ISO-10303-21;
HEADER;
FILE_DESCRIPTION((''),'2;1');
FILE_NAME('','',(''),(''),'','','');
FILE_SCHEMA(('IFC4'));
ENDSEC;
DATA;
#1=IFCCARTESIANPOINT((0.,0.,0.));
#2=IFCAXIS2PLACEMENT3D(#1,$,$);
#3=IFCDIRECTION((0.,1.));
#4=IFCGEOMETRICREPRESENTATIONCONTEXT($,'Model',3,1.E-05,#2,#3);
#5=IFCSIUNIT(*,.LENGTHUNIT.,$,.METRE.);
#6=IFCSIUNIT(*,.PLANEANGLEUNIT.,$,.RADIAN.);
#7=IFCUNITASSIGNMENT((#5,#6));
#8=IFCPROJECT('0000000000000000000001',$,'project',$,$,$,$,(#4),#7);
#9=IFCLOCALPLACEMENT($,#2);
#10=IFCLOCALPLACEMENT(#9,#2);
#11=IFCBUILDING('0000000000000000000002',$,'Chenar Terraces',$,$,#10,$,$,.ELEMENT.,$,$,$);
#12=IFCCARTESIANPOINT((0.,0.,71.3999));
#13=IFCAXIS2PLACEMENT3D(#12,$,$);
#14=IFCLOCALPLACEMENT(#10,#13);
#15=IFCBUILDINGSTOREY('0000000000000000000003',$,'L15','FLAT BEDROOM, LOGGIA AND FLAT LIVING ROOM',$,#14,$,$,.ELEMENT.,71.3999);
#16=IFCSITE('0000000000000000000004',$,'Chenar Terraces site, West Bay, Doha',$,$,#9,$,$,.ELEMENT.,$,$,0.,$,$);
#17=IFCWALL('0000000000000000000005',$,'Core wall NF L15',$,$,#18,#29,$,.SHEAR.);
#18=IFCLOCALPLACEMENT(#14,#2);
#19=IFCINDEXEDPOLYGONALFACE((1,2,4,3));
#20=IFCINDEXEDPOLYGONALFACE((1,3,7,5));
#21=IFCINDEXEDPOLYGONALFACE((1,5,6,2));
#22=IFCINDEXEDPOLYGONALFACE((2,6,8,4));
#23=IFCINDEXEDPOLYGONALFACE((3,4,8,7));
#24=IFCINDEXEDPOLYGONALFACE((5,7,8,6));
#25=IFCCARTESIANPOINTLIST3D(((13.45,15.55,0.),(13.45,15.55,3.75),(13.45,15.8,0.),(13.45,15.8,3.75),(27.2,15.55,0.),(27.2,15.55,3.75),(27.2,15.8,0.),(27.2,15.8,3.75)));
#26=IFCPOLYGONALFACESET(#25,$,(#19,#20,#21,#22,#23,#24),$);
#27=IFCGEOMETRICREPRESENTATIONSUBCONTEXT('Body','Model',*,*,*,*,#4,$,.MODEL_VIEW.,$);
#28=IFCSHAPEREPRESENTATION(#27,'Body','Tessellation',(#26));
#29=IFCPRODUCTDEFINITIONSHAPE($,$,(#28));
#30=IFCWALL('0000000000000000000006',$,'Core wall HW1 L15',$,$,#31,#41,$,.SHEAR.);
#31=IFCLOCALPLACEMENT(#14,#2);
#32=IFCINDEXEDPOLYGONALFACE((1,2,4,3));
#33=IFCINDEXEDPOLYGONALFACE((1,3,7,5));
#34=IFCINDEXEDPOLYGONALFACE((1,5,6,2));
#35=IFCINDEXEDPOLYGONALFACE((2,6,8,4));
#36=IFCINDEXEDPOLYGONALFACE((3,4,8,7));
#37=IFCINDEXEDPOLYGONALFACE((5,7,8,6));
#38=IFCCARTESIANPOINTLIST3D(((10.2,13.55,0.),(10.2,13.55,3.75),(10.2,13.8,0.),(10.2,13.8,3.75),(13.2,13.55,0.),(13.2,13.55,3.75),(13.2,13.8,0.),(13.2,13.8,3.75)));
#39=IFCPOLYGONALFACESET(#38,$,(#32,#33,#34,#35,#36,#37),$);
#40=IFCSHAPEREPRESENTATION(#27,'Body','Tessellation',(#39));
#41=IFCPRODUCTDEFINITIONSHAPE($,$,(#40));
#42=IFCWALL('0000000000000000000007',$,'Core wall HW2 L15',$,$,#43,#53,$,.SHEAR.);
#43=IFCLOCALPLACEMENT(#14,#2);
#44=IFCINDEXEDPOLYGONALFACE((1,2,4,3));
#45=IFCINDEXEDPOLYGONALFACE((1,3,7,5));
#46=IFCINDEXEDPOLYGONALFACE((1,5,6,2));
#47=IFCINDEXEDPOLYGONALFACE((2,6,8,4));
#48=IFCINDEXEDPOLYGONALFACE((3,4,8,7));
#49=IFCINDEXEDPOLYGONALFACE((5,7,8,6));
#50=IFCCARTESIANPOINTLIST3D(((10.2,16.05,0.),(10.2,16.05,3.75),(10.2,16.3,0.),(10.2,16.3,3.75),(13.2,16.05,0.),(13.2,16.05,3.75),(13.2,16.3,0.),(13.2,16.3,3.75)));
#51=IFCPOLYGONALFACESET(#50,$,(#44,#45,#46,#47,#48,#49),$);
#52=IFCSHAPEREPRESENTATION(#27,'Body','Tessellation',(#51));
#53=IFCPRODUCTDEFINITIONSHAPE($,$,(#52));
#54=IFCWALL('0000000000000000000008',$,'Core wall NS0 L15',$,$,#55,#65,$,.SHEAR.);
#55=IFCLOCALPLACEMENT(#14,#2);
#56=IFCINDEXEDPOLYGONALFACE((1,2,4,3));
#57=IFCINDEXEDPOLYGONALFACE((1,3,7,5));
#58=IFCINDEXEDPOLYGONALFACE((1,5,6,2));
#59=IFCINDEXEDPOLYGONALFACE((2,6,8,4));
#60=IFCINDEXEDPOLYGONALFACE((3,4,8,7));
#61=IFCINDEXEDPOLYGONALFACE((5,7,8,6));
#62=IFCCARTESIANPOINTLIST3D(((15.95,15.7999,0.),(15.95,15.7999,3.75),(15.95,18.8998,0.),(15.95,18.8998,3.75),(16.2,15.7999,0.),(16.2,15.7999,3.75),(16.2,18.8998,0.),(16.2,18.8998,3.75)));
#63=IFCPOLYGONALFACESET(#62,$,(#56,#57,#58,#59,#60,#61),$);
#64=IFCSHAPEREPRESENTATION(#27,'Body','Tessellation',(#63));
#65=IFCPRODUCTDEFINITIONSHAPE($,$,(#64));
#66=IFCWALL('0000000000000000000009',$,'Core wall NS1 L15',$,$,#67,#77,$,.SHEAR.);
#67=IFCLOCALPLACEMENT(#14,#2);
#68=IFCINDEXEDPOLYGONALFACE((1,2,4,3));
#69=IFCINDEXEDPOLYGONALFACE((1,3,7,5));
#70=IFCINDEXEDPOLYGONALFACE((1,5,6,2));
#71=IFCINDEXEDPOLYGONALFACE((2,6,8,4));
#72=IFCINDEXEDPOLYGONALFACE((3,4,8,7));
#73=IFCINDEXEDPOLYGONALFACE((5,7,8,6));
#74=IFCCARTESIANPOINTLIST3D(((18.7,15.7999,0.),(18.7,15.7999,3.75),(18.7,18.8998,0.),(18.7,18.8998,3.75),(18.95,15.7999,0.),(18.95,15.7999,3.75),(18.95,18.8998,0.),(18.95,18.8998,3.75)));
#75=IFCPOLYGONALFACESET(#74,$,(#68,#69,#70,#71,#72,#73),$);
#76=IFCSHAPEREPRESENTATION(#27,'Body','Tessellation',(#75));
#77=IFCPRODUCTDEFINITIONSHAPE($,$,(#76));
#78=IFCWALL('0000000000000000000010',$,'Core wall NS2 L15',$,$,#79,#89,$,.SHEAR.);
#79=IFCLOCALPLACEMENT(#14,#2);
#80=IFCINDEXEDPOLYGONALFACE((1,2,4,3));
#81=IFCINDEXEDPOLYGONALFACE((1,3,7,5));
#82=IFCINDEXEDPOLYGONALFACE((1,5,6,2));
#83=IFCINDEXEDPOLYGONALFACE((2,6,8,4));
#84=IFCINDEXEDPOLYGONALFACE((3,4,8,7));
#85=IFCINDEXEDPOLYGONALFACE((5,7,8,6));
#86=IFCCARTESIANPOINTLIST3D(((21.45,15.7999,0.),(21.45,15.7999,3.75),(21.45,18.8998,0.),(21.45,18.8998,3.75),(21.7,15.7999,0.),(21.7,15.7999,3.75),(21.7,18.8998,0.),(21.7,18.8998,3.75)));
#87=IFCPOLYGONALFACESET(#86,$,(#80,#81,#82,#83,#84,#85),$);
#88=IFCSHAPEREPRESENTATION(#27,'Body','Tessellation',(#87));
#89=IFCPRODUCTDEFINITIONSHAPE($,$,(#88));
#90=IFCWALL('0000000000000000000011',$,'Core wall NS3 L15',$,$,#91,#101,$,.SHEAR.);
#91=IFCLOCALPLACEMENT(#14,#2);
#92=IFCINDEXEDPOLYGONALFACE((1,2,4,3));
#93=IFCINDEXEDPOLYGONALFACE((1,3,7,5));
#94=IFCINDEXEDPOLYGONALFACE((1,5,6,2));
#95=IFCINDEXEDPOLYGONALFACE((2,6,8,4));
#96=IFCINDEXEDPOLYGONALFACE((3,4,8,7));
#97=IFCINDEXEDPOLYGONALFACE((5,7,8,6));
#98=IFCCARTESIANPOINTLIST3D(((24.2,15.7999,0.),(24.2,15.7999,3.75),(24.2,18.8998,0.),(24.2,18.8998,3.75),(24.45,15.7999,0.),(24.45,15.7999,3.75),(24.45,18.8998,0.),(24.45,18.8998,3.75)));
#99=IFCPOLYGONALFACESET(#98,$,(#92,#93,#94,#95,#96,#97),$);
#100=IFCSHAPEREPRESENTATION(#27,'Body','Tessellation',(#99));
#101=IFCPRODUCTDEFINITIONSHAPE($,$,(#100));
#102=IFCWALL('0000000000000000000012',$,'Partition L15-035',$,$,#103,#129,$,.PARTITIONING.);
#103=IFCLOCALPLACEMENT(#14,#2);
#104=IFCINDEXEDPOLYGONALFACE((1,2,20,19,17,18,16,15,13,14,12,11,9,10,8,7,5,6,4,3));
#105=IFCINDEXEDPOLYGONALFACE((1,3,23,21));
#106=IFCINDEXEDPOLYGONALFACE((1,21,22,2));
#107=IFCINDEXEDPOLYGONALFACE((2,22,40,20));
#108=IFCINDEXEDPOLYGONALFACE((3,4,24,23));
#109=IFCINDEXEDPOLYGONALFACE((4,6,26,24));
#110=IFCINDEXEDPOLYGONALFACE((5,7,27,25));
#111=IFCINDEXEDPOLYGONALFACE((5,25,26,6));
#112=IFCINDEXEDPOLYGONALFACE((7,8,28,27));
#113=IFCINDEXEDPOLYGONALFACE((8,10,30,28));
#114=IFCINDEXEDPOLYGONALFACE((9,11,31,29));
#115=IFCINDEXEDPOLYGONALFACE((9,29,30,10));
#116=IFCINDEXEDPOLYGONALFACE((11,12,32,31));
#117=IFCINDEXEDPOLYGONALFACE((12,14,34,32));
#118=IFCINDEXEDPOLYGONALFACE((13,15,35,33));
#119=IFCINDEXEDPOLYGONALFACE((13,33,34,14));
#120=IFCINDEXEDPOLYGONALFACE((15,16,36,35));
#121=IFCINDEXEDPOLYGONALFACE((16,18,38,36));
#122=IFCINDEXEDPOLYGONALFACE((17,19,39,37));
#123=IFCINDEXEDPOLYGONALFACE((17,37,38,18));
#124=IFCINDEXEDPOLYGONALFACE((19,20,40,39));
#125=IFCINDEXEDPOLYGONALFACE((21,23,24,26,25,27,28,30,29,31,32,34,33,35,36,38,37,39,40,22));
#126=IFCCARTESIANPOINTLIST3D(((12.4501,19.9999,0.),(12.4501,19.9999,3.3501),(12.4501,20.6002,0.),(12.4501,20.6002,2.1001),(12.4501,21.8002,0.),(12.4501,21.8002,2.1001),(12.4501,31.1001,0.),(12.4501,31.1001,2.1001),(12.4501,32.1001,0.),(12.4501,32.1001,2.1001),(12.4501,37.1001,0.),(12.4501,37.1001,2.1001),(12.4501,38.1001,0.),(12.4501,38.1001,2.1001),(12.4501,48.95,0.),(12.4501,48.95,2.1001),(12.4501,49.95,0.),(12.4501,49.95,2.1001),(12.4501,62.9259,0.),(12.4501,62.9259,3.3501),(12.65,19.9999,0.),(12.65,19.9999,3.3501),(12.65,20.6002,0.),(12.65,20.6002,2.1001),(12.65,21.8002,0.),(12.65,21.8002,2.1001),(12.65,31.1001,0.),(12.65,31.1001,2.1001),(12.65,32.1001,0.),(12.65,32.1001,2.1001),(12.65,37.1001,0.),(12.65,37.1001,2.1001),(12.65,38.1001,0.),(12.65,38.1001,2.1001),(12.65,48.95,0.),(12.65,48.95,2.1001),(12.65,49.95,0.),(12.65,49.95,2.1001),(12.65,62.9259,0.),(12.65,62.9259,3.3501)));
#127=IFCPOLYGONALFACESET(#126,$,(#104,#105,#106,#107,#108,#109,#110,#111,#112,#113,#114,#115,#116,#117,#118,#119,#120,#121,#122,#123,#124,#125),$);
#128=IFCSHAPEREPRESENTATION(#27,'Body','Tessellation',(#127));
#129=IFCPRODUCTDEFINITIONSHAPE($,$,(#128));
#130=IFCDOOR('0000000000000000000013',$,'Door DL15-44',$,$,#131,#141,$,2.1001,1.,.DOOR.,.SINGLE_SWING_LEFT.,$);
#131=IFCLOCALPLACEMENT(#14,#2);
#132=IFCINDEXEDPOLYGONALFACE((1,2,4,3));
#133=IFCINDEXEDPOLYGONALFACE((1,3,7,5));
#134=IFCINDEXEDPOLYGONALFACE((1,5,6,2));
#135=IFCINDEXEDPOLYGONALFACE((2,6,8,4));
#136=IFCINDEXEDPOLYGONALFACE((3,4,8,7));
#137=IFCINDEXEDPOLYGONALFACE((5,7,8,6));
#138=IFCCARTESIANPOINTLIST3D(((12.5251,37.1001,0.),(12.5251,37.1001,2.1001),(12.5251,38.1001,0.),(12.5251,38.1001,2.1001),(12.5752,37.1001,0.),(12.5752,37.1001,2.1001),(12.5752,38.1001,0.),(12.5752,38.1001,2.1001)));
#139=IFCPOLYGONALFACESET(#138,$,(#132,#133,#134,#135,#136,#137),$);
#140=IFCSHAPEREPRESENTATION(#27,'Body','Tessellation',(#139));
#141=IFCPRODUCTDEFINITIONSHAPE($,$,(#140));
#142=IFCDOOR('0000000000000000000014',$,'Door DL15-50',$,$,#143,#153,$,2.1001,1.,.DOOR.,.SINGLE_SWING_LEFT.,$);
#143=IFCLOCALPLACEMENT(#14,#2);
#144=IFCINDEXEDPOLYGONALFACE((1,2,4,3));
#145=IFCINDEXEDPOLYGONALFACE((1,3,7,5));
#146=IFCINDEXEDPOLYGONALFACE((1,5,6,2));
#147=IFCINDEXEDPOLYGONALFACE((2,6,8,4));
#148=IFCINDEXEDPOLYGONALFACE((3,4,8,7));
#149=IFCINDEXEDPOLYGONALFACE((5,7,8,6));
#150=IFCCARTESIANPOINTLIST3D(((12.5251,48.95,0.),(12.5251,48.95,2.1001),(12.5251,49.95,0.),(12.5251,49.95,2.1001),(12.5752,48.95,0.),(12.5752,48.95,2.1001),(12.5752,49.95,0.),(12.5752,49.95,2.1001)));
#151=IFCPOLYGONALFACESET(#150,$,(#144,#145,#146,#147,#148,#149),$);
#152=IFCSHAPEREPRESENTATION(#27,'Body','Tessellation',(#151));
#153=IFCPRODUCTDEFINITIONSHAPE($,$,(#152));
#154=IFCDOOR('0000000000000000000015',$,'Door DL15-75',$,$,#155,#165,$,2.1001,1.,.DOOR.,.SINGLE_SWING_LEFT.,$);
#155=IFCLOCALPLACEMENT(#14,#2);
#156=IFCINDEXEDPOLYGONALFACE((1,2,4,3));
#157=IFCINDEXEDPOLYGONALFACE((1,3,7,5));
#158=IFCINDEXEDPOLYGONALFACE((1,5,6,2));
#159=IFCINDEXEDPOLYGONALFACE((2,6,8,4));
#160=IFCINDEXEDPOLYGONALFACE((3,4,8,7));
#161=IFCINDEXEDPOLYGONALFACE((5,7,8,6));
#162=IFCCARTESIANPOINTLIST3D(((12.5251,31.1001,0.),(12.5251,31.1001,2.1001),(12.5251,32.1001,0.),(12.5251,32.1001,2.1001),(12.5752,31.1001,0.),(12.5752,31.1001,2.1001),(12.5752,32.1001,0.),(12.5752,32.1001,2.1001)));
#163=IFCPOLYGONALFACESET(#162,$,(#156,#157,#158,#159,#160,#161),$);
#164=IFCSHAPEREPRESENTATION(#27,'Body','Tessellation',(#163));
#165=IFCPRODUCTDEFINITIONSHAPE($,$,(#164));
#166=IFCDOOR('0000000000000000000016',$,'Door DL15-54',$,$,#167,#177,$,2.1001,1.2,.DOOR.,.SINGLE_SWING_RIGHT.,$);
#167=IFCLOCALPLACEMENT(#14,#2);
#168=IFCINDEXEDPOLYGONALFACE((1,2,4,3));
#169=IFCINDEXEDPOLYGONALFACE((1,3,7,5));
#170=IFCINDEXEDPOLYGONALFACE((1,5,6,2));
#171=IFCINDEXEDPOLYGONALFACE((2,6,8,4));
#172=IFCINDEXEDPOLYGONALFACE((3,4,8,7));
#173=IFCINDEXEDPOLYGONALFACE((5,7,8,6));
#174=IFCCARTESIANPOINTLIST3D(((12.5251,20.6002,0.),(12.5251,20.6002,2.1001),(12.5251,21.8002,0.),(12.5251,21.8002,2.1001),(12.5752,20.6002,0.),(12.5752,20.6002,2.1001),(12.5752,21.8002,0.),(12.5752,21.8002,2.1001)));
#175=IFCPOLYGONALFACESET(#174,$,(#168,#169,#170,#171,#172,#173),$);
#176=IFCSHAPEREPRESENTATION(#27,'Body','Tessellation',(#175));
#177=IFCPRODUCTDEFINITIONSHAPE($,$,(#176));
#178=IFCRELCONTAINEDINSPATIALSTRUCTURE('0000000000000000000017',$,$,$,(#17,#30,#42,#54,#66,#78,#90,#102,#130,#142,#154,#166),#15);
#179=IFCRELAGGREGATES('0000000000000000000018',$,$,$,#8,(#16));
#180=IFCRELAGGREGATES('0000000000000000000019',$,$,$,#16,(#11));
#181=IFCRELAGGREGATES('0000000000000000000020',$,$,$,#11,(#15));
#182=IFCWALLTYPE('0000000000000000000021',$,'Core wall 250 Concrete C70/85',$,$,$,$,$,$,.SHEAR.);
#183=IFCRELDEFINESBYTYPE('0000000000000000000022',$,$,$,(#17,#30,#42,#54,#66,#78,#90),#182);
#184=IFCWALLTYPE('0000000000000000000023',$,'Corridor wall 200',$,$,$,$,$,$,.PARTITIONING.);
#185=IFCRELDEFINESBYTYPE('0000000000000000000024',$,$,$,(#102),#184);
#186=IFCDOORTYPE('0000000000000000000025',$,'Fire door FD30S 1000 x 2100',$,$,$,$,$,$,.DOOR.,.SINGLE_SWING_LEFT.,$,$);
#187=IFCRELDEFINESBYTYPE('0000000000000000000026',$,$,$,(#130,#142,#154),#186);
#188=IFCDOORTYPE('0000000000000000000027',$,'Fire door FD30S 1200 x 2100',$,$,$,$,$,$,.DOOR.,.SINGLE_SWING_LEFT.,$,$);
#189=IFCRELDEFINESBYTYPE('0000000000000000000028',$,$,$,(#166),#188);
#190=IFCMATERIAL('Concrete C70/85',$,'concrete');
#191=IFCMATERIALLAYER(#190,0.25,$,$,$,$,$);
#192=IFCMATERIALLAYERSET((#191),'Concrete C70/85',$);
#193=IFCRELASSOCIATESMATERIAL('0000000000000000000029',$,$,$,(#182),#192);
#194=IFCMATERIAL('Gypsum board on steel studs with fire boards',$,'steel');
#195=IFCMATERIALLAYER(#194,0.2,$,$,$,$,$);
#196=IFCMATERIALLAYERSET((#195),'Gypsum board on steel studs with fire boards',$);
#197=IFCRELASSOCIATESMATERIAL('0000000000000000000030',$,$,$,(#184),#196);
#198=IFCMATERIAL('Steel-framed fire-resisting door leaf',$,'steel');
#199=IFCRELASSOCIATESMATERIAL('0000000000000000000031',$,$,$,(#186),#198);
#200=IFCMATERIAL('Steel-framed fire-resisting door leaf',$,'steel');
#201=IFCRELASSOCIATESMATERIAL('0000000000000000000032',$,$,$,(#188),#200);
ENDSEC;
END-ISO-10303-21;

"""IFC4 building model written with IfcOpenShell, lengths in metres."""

from ifc_helpers import new_model, si_unit, direction, frame, frame_2d, origin, place, context, subcontext, project, spatial, rectangle, extrude, material, layer, layer_set, type_object, element, fill, save


model = new_model("IFC4")

# Units and contexts
model_context = context("Model", 3, precision=1e-05, world=origin(), true_north=direction((0.0, 1.0)))
body_context = subcontext(model_context, "Body", "Model", "MODEL_VIEW")
ifc_project = project(units=[si_unit("LENGTHUNIT", "METRE"), si_unit("PLANEANGLEUNIT", "RADIAN")], contexts=[model_context])

# Site, building, storey
site_placement = place(None, origin())
site = spatial("IfcSite", under=ifc_project, at=site_placement, Name="Chenar Terraces site, West Bay, Doha", CompositionType="ELEMENT", RefElevation=0.0)
building_placement = place(site_placement, origin())
building = spatial("IfcBuilding", under=site, at=building_placement, Name="Chenar Terraces", CompositionType="ELEMENT")
storey_placement = place(building_placement, frame((0.0, 0.0, 71.3999)))
storey = spatial("IfcBuildingStorey", under=building, at=storey_placement, Name="L15", Description="FLAT BEDROOM, LOGGIA AND FLAT LIVING ROOM", CompositionType="ELEMENT", Elevation=71.3999)

# Walls
ifc_material_1 = material(Name="Concrete C70/85", Category="concrete")
ifc_layer_1 = layer(ifc_material_1, 0.25)
ifc_layer_set_1 = layer_set([ifc_layer_1], Name="Concrete C70/85")
wall_type_1 = type_object("IfcWallType", Name="Core wall 250 Concrete C70/85", PredefinedType="SHEAR", material=ifc_layer_set_1)
wall_1_placement = place(storey_placement, frame((13.45, 15.675, 0.0), z_axis=(0.0, 0.0, 1.0), x_axis=(1.0, 0.0, 0.0)))
element("IfcWall", 1, at=wall_1_placement, inside=storey, type_object=wall_type_1, Name="Core wall NF L15", PredefinedType="SHEAR", context=body_context, shape_type="SweptSolid", body=[
    extrude(rectangle(XDim=13.75, YDim=0.25, at=frame_2d((6.875, 0.0))), origin(), (0.0, 0.0, 1.0), 3.75),
])
for number, where, z_axis, x_axis, name in (
    (2, (10.2, 13.675, 0.0), (0.0, 0.0, 1.0), (1.0, 0.0, 0.0), "Core wall HW1 L15"),
    (3, (10.2, 16.175, 0.0), (0.0, 0.0, 1.0), (1.0, 0.0, 0.0), "Core wall HW2 L15"),
):
    element("IfcWall", number, at=place(storey_placement, frame(where, z_axis=z_axis, x_axis=x_axis)), inside=storey, type_object=wall_type_1, Name=name, PredefinedType="SHEAR", context=body_context, shape_type="SweptSolid", body=[
        extrude(rectangle(XDim=3.0, YDim=0.25, at=frame_2d((1.5, 0.0))), origin(), (0.0, 0.0, 1.0), 3.75),
    ])
for number, where, z_axis, x_axis, name in (
    (4, (16.075, 15.8, 0.0), (0.0, 0.0, 1.0), (0.0, 1.0, 0.0), "Core wall NS0 L15"),
    (5, (18.825, 15.8, 0.0), (0.0, 0.0, 1.0), (0.0, 1.0, 0.0), "Core wall NS1 L15"),
    (6, (21.575, 15.8, 0.0), (0.0, 0.0, 1.0), (0.0, 1.0, 0.0), "Core wall NS2 L15"),
    (7, (24.325, 15.8, 0.0), (0.0, 0.0, 1.0), (0.0, 1.0, 0.0), "Core wall NS3 L15"),
):
    element("IfcWall", number, at=place(storey_placement, frame(where, z_axis=z_axis, x_axis=x_axis)), inside=storey, type_object=wall_type_1, Name=name, PredefinedType="SHEAR", context=body_context, shape_type="SweptSolid", body=[
        extrude(rectangle(XDim=3.0999, YDim=0.25, at=frame_2d((1.5498, 0.0))), origin(), (0.0, 0.0, 1.0), 3.75),
    ])

# Wall, openings, doors
ifc_material_2 = material(Name="Gypsum board on steel studs with fire boards", Category="steel")
ifc_layer_2 = layer(ifc_material_2, 0.2)
ifc_layer_set_2 = layer_set([ifc_layer_2], Name="Gypsum board on steel studs with fire boards")
wall_type_2 = type_object("IfcWallType", Name="Corridor wall 200", PredefinedType="PARTITIONING", material=ifc_layer_set_2)
wall_2_placement = place(storey_placement, frame((12.55, 20.0, 0.0), z_axis=(0.0, 0.0, 1.0), x_axis=(0.0, 1.0, 0.0)))
wall_2 = element("IfcWall", 8, at=wall_2_placement, inside=storey, type_object=wall_type_2, Name="Partition L15-035", PredefinedType="PARTITIONING", context=body_context, shape_type="SweptSolid", body=[
    extrude(rectangle(XDim=42.926, YDim=0.2, at=frame_2d((21.4629, 0.0))), origin(), (0.0, 0.0, 1.0), 3.3501),
])
opening_1_placement = place(wall_2_placement, frame((17.1001, 0.0, 0.0)))
opening_1 = element("IfcOpeningElement", 9, at=opening_1_placement, cuts=wall_2, PredefinedType="OPENING", context=body_context, shape_type="SweptSolid", body=[
    extrude(rectangle(XDim=1.0, YDim=2.1001, at=frame_2d((0.5, 1.05))), frame((0.0, 0.1099, 0.0), z_axis=(0.0, -1.0, 0.0), x_axis=(1.0, 0.0, 0.0)), (0.0, 0.0, 1.0), 0.22),
])
opening_2_placement = place(wall_2_placement, frame((28.95, 0.0, 0.0)))
opening_2 = element("IfcOpeningElement", 10, at=opening_2_placement, cuts=wall_2, PredefinedType="OPENING", context=body_context, shape_type="SweptSolid", body=[
    extrude(rectangle(XDim=1.0, YDim=2.1001, at=frame_2d((0.5, 1.05))), frame((0.0, 0.1099, 0.0), z_axis=(0.0, -1.0, 0.0), x_axis=(1.0, 0.0, 0.0)), (0.0, 0.0, 1.0), 0.22),
])
opening_3_placement = place(wall_2_placement, frame((0.6001, 0.0, 0.0)))
opening_3 = element("IfcOpeningElement", 11, at=opening_3_placement, cuts=wall_2, PredefinedType="OPENING", context=body_context, shape_type="SweptSolid", body=[
    extrude(rectangle(XDim=1.2, YDim=2.1001, at=frame_2d((0.6001, 1.05))), frame((0.0, 0.1099, 0.0), z_axis=(0.0, -1.0, 0.0), x_axis=(1.0, 0.0, 0.0)), (0.0, 0.0, 1.0), 0.22),
])
opening_4_placement = place(wall_2_placement, frame((11.1001, 0.0, 0.0)))
opening_4 = element("IfcOpeningElement", 12, at=opening_4_placement, cuts=wall_2, PredefinedType="OPENING", context=body_context, shape_type="SweptSolid", body=[
    extrude(rectangle(XDim=1.0, YDim=2.1001, at=frame_2d((0.5, 1.05))), frame((0.0, 0.1099, 0.0), z_axis=(0.0, -1.0, 0.0), x_axis=(1.0, 0.0, 0.0)), (0.0, 0.0, 1.0), 0.22),
])
ifc_material_3 = material(Name="Steel-framed fire-resisting door leaf", Category="steel")
door_type_1 = type_object("IfcDoorType", Name="Fire door FD30S 1000 x 2100", OperationType="SINGLE_SWING_LEFT", PredefinedType="DOOR", material=ifc_material_3)
door_1_placement = place(opening_1_placement, origin())
door_1 = element("IfcDoor", 13, at=door_1_placement, inside=storey, type_object=door_type_1, Name="Door DL15-44", OperationType="SINGLE_SWING_LEFT", OverallHeight=2.1001, OverallWidth=1.0, PredefinedType="DOOR", context=body_context, shape_type="SweptSolid", body=[
    extrude(rectangle(XDim=1.0, YDim=2.1001, at=frame_2d((0.5, 1.05))), frame((0.0, 0.0249, 0.0), z_axis=(0.0, -1.0, 0.0), x_axis=(1.0, 0.0, 0.0)), (0.0, 0.0, 1.0), 0.05),
])
fill(opening_1, door_1)
door_2_placement = place(opening_2_placement, origin())
door_2 = element("IfcDoor", 14, at=door_2_placement, inside=storey, type_object=door_type_1, Name="Door DL15-50", OperationType="SINGLE_SWING_LEFT", OverallHeight=2.1001, OverallWidth=1.0, PredefinedType="DOOR", context=body_context, shape_type="SweptSolid", body=[
    extrude(rectangle(XDim=1.0, YDim=2.1001, at=frame_2d((0.5, 1.05))), frame((0.0, 0.0249, 0.0), z_axis=(0.0, -1.0, 0.0), x_axis=(1.0, 0.0, 0.0)), (0.0, 0.0, 1.0), 0.05),
])
fill(opening_2, door_2)
door_3_placement = place(opening_4_placement, origin())
door_3 = element("IfcDoor", 15, at=door_3_placement, inside=storey, type_object=door_type_1, Name="Door DL15-75", OperationType="SINGLE_SWING_LEFT", OverallHeight=2.1001, OverallWidth=1.0, PredefinedType="DOOR", context=body_context, shape_type="SweptSolid", body=[
    extrude(rectangle(XDim=1.0, YDim=2.1001, at=frame_2d((0.5, 1.05))), frame((0.0, 0.0249, 0.0), z_axis=(0.0, -1.0, 0.0), x_axis=(1.0, 0.0, 0.0)), (0.0, 0.0, 1.0), 0.05),
])
fill(opening_4, door_3)
ifc_material_4 = material(Name="Steel-framed fire-resisting door leaf", Category="steel")
door_type_2 = type_object("IfcDoorType", Name="Fire door FD30S 1200 x 2100", OperationType="SINGLE_SWING_LEFT", PredefinedType="DOOR", material=ifc_material_4)
door_4_placement = place(opening_3_placement, origin())
door_4 = element("IfcDoor", 16, at=door_4_placement, inside=storey, type_object=door_type_2, Name="Door DL15-54", OperationType="SINGLE_SWING_RIGHT", OverallHeight=2.1001, OverallWidth=1.2, PredefinedType="DOOR", context=body_context, shape_type="SweptSolid", body=[
    extrude(rectangle(XDim=1.2, YDim=2.1001, at=frame_2d((0.6001, 1.05))), frame((0.0, 0.0249, 0.0), z_axis=(0.0, -1.0, 0.0), x_axis=(1.0, 0.0, 0.0)), (0.0, 0.0, 1.0), 0.05),
])
fill(opening_3, door_4)

save(model, "model.ifc")
